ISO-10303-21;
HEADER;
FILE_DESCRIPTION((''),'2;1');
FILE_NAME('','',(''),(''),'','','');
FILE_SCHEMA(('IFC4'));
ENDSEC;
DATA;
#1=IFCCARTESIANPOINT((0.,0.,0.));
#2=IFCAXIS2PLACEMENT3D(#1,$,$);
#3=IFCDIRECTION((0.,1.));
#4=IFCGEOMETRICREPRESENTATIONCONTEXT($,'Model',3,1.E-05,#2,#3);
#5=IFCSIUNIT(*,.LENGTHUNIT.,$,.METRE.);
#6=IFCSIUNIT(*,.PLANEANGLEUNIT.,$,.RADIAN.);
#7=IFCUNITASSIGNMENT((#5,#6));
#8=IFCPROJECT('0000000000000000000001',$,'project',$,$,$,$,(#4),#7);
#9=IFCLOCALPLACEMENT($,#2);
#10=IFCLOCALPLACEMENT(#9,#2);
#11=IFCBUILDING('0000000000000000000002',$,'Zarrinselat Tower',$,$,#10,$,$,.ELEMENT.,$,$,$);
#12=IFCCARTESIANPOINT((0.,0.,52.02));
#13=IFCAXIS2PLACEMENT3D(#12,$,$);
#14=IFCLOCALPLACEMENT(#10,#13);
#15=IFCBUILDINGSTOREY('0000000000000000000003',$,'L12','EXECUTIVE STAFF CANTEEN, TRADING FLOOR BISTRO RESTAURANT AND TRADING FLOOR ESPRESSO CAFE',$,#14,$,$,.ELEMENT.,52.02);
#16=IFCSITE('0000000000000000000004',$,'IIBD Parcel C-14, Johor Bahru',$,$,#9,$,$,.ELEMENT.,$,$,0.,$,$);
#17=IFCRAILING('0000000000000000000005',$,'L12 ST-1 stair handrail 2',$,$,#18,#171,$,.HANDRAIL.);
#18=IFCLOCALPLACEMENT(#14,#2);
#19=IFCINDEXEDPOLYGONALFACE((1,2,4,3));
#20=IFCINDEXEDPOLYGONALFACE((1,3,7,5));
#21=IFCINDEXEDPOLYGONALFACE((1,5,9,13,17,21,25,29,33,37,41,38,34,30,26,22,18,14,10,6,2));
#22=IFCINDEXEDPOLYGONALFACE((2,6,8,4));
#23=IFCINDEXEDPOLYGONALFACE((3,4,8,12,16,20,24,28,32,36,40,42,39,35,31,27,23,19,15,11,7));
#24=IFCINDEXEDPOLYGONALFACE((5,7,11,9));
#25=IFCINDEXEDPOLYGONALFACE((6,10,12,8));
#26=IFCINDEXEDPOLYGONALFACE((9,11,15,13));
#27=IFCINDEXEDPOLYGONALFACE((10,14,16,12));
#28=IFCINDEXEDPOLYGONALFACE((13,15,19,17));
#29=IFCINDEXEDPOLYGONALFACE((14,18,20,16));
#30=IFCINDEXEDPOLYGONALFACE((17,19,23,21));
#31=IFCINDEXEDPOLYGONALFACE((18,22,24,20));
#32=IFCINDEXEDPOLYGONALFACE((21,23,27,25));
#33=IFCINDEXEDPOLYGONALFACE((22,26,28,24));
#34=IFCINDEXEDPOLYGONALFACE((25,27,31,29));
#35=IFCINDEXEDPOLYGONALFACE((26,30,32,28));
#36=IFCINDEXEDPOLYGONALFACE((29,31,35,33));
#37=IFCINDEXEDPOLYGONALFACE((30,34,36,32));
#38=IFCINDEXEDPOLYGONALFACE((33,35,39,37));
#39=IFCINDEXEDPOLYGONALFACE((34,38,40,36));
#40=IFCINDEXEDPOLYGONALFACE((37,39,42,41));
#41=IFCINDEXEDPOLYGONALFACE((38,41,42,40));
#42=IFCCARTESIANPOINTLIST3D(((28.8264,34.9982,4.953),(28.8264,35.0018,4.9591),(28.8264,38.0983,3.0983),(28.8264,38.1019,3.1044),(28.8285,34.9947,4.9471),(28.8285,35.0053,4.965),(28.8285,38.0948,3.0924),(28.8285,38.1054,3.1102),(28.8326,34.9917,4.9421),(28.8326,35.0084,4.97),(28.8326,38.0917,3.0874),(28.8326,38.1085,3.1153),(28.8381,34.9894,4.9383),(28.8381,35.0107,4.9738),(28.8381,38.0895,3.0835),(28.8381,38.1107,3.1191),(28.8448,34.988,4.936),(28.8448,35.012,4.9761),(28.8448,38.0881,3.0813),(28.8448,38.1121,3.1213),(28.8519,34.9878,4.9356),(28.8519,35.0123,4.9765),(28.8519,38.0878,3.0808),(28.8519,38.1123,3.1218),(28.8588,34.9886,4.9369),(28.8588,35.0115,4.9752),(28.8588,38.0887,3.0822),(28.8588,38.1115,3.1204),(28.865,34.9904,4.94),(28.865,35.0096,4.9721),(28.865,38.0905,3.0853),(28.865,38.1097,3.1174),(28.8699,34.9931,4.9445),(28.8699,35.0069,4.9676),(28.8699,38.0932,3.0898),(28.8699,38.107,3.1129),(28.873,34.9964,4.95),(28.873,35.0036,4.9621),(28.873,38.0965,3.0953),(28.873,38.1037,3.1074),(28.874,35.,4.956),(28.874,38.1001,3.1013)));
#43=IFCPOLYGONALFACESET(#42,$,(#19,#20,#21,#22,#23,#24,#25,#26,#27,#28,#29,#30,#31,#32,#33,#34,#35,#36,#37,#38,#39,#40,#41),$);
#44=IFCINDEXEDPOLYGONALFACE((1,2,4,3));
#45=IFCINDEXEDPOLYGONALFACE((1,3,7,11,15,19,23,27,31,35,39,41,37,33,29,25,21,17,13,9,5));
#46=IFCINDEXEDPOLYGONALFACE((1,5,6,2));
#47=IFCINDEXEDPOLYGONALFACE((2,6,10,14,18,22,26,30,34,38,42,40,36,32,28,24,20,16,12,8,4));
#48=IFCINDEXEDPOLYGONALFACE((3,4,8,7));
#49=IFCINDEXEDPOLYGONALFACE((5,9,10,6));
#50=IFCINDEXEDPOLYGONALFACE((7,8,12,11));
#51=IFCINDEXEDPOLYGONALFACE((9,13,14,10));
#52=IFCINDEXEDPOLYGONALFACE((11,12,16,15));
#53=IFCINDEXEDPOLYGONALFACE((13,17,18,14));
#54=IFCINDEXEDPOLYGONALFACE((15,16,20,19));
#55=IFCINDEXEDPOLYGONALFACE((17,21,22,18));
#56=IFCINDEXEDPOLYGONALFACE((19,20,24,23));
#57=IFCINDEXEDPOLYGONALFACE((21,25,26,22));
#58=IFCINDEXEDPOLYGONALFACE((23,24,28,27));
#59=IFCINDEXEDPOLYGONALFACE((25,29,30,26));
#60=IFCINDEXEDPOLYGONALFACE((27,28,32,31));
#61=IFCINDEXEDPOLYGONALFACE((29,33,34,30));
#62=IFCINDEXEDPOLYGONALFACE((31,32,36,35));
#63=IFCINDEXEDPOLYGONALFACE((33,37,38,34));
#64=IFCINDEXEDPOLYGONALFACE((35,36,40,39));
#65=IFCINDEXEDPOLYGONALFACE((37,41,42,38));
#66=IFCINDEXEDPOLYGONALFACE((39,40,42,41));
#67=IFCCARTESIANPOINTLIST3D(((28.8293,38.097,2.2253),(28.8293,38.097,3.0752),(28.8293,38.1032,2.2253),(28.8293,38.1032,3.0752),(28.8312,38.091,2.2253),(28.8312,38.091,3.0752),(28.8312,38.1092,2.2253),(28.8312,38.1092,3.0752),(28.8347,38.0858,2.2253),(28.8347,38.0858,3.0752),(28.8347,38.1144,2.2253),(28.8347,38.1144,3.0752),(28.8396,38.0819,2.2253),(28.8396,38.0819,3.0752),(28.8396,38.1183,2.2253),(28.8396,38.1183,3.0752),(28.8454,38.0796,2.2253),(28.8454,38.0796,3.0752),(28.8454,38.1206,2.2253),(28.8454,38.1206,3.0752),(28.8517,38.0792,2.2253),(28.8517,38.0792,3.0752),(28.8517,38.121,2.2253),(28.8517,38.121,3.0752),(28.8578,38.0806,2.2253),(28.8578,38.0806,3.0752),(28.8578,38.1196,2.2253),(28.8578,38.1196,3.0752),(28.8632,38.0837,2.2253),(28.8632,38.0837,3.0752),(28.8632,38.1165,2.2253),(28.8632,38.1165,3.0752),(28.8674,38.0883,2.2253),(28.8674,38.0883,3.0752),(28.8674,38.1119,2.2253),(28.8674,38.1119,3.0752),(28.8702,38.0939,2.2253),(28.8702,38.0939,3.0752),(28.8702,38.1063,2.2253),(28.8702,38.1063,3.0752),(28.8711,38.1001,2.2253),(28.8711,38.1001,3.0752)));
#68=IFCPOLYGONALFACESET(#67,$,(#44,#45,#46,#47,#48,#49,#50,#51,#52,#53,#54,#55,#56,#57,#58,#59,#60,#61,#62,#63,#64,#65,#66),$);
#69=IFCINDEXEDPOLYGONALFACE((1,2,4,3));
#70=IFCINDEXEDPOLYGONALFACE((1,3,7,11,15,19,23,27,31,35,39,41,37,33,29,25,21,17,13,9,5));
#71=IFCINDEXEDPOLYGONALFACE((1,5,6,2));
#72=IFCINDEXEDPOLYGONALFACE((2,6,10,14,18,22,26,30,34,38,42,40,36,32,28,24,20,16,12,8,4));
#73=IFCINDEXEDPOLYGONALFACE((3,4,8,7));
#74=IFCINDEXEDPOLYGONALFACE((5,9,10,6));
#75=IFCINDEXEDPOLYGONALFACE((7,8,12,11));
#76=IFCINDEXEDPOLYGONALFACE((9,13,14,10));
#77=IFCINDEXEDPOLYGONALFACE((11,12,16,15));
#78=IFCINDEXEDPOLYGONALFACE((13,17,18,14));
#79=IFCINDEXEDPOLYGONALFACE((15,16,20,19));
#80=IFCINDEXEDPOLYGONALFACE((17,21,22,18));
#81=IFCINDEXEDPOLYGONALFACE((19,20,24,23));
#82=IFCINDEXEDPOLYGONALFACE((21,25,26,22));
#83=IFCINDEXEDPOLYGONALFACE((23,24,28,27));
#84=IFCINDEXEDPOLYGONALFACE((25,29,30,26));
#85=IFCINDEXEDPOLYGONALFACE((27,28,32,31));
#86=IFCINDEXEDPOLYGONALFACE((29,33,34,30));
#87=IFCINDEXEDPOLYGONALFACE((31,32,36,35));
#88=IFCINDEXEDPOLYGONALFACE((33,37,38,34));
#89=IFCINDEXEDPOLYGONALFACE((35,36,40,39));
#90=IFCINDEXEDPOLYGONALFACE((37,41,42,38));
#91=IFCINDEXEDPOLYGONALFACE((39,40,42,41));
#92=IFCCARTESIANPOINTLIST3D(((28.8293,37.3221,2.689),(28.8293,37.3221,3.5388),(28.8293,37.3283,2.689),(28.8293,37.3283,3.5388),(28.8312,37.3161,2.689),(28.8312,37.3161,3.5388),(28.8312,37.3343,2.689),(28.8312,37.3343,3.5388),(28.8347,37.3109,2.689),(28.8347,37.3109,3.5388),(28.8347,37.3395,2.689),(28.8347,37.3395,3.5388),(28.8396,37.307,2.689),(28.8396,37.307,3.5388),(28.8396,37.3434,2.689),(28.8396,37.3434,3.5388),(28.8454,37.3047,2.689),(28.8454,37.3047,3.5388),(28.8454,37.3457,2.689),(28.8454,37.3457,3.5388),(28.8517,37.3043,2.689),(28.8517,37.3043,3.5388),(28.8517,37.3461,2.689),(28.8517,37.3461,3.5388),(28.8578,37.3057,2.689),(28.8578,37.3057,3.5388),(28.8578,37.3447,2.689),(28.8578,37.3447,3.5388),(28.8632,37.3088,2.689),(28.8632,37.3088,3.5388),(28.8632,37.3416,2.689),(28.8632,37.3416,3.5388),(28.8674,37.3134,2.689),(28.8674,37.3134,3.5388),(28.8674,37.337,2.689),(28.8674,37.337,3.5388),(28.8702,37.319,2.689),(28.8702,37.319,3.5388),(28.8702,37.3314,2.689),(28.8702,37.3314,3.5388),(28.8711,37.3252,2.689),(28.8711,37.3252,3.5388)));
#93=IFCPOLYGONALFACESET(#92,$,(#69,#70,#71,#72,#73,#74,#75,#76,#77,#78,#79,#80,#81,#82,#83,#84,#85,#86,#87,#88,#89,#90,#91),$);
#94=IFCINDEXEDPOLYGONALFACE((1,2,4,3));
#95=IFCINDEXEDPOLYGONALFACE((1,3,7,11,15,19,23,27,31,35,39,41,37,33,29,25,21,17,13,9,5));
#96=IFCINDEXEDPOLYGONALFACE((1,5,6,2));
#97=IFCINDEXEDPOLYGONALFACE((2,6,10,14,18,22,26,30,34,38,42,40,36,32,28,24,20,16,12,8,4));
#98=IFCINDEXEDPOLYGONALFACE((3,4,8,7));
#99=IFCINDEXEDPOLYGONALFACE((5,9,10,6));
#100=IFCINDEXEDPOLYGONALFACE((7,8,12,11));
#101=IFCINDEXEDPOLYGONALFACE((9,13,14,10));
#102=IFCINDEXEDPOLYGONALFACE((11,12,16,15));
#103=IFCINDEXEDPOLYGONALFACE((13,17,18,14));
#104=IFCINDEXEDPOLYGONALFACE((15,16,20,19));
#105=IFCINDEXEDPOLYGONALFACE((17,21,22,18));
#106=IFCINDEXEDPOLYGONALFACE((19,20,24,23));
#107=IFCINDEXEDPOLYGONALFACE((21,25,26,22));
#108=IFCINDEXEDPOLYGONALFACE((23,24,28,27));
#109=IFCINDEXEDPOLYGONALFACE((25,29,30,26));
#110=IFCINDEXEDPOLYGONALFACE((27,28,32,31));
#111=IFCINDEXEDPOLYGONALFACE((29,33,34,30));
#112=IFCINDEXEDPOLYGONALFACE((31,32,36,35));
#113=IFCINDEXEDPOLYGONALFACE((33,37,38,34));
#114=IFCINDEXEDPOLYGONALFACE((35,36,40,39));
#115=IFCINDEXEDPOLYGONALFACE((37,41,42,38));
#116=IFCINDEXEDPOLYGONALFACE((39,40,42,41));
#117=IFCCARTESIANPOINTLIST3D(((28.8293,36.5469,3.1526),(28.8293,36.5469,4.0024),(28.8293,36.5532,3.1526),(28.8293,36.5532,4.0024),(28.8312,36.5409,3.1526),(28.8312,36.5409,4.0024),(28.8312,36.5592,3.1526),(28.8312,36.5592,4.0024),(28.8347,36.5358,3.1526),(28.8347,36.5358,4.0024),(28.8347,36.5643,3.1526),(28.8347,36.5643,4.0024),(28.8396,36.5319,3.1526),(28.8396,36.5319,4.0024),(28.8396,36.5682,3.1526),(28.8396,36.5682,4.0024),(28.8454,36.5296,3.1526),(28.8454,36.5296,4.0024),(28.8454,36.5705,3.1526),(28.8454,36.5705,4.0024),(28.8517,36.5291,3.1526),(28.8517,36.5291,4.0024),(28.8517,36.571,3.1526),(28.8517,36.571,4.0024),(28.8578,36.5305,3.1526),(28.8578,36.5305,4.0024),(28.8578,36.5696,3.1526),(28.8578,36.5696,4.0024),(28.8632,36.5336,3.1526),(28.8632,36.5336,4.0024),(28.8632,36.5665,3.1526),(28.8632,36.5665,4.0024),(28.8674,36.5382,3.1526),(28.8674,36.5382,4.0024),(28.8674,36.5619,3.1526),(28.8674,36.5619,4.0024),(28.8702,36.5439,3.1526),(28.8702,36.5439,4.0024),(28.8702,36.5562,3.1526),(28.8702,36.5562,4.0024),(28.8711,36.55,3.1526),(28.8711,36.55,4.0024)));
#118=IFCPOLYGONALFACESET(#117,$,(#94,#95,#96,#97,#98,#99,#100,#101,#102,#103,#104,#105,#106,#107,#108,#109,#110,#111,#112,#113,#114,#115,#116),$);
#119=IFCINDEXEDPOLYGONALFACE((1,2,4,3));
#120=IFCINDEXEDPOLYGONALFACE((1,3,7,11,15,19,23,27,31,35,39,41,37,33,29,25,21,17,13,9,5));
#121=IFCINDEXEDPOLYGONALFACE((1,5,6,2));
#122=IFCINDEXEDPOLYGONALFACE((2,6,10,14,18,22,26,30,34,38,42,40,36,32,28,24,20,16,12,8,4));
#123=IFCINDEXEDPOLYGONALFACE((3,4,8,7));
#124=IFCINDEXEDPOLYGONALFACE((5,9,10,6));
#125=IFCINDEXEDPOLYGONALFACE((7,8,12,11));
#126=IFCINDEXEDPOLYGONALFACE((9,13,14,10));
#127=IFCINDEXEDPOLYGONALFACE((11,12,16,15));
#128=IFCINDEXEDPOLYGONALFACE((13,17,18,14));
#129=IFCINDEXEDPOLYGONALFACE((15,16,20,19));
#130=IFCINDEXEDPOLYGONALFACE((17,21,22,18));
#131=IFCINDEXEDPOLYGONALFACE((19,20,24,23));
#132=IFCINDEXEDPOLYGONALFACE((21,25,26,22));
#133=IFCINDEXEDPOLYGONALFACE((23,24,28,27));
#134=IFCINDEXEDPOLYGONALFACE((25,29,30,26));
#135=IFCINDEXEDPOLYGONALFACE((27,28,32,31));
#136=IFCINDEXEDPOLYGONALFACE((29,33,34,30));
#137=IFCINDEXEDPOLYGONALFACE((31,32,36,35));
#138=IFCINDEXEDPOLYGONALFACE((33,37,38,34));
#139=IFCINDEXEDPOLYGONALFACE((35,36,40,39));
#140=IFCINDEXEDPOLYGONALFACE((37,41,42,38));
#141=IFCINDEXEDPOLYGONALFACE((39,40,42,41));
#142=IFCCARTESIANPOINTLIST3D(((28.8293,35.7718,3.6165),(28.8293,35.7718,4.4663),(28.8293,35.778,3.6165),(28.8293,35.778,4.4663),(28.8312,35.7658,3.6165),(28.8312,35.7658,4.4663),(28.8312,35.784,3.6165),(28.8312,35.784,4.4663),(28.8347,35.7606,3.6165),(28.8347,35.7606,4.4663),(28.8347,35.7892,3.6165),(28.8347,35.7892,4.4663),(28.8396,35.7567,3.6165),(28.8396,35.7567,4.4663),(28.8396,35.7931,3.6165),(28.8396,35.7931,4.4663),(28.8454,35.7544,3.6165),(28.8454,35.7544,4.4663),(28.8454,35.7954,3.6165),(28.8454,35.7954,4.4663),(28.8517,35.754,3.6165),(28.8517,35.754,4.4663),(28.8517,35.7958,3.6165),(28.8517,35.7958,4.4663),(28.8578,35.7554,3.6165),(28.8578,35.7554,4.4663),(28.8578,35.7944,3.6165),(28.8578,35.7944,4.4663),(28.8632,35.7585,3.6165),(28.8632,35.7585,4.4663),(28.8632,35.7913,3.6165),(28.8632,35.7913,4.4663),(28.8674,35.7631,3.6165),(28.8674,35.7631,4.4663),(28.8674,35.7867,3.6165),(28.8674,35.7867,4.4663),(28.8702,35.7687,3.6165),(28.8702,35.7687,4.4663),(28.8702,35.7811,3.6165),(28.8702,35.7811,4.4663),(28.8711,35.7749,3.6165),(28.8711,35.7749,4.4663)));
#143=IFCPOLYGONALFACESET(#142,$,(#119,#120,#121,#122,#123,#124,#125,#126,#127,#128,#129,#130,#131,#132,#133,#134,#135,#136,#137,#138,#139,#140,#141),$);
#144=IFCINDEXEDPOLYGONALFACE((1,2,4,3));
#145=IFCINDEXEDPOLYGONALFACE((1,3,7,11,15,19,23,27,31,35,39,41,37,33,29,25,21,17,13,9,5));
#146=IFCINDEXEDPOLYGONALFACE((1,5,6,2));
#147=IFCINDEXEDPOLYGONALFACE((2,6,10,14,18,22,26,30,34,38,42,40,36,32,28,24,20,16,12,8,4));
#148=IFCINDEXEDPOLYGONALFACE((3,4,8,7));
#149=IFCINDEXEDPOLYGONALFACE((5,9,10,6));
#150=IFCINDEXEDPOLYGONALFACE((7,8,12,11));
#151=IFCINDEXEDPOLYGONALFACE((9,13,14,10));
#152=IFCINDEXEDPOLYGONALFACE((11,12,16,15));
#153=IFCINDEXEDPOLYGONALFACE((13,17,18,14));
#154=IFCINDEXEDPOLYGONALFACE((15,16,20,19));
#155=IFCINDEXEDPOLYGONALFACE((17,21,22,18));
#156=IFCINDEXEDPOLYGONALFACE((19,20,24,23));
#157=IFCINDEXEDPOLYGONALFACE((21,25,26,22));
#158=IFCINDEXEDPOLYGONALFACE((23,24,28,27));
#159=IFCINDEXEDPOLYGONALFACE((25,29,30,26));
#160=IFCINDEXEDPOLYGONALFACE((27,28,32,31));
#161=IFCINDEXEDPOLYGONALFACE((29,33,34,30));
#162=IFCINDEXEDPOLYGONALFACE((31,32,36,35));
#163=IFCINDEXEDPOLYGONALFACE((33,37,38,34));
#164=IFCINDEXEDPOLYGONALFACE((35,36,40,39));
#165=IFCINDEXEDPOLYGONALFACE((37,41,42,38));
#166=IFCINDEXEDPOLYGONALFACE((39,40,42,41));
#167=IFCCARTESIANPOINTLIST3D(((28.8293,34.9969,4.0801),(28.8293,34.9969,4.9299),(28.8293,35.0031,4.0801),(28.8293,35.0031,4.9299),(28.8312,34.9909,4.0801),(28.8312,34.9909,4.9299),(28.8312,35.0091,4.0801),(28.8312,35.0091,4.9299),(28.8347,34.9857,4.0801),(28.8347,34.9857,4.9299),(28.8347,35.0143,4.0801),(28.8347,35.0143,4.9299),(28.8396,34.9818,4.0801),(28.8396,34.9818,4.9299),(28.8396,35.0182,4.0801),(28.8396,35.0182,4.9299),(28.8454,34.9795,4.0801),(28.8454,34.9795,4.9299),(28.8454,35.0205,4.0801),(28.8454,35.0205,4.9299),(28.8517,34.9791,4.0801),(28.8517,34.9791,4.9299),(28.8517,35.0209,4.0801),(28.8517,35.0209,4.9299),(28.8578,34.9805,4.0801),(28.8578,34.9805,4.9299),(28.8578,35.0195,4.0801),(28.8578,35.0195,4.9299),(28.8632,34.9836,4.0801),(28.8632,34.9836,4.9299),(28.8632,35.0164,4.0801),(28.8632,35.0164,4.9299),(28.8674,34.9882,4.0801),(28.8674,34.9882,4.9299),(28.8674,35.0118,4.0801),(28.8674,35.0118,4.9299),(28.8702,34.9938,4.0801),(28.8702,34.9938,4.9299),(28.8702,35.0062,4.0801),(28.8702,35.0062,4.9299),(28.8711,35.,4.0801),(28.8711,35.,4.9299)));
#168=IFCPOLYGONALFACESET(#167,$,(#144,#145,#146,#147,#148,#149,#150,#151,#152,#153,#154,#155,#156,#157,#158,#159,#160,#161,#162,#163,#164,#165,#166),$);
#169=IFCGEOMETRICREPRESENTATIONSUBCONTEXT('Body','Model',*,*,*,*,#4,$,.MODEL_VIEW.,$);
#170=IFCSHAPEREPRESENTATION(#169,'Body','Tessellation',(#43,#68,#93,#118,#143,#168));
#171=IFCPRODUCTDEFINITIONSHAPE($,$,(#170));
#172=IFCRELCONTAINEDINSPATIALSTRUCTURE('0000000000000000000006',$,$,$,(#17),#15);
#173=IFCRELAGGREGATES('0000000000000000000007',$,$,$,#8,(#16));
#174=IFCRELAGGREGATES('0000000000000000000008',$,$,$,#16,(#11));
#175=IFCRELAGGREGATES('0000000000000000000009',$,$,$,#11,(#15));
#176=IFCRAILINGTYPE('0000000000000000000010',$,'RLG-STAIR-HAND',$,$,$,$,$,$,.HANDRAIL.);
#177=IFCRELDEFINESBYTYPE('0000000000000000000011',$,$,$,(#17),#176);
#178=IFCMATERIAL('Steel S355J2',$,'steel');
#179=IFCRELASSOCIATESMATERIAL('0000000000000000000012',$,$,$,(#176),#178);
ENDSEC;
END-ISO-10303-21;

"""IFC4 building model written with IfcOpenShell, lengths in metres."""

from ifc_helpers import new_model, si_unit, direction, frame, origin, origin_2d, place, context, subcontext, project, spatial, circle, extrude, material, type_object, element, save


model = new_model("IFC4")

# Units and contexts
model_context = context("Model", 3, precision=1e-05, world=origin(), true_north=direction((0.0, 1.0)))
body_context = subcontext(model_context, "Body", "Model", "MODEL_VIEW")
ifc_project = project(units=[si_unit("LENGTHUNIT", "METRE"), si_unit("PLANEANGLEUNIT", "RADIAN")], contexts=[model_context])

# Site, building, storey
site_placement = place(None, origin())
site = spatial("IfcSite", under=ifc_project, at=site_placement, Name="IIBD Parcel C-14, Johor Bahru", CompositionType="ELEMENT", RefElevation=0.0)
building_placement = place(site_placement, origin())
building = spatial("IfcBuilding", under=site, at=building_placement, Name="Zarrinselat Tower", CompositionType="ELEMENT")
storey_placement = place(building_placement, frame((0.0, 0.0, 52.02)))
storey = spatial("IfcBuildingStorey", under=building, at=storey_placement, Name="L12", Description="EXECUTIVE STAFF CANTEEN, TRADING FLOOR BISTRO RESTAURANT AND TRADING FLOOR ESPRESSO CAFE", CompositionType="ELEMENT", Elevation=52.02)

# Railing
ifc_material_1 = material(Name="Steel S355J2", Category="steel")
railing_type_1 = type_object("IfcRailingType", Name="RLG-STAIR-HAND", PredefinedType="HANDRAIL", material=ifc_material_1)
railing_1_placement = place(storey_placement, frame((28.8501, 38.1001, 2.2253)))
element("IfcRailing", 1, at=railing_1_placement, inside=storey, type_object=railing_type_1, Name="L12 ST-1 stair handrail 2", PredefinedType="HANDRAIL", context=body_context, shape_type="SweptSolid", body=[
    extrude(circle(Radius=0.0239, at=origin_2d()), frame((0.0, 0.0, 0.876), z_axis=(0.0, -0.858142, 0.513412), x_axis=(1.0, 0.0, 0.0)), (0.0, 0.0, 1.0), 3.6125),
    extrude(circle(Radius=0.021, at=origin_2d()), origin(), (0.0, 0.0, 1.0), 0.8499),
    extrude(circle(Radius=0.021, at=origin_2d()), frame((0.0, -0.7749, 0.4636)), (0.0, 0.0, 1.0), 0.8499),
    extrude(circle(Radius=0.021, at=origin_2d()), frame((0.0, -1.55, 0.9272)), (0.0, 0.0, 1.0), 0.8499),
    extrude(circle(Radius=0.021, at=origin_2d()), frame((0.0, -2.3252, 1.3911)), (0.0, 0.0, 1.0), 0.8499),
    extrude(circle(Radius=0.021, at=origin_2d()), frame((0.0, -3.1001, 1.8547)), (0.0, 0.0, 1.0), 0.8499),
])

save(model, "model.ifc")
